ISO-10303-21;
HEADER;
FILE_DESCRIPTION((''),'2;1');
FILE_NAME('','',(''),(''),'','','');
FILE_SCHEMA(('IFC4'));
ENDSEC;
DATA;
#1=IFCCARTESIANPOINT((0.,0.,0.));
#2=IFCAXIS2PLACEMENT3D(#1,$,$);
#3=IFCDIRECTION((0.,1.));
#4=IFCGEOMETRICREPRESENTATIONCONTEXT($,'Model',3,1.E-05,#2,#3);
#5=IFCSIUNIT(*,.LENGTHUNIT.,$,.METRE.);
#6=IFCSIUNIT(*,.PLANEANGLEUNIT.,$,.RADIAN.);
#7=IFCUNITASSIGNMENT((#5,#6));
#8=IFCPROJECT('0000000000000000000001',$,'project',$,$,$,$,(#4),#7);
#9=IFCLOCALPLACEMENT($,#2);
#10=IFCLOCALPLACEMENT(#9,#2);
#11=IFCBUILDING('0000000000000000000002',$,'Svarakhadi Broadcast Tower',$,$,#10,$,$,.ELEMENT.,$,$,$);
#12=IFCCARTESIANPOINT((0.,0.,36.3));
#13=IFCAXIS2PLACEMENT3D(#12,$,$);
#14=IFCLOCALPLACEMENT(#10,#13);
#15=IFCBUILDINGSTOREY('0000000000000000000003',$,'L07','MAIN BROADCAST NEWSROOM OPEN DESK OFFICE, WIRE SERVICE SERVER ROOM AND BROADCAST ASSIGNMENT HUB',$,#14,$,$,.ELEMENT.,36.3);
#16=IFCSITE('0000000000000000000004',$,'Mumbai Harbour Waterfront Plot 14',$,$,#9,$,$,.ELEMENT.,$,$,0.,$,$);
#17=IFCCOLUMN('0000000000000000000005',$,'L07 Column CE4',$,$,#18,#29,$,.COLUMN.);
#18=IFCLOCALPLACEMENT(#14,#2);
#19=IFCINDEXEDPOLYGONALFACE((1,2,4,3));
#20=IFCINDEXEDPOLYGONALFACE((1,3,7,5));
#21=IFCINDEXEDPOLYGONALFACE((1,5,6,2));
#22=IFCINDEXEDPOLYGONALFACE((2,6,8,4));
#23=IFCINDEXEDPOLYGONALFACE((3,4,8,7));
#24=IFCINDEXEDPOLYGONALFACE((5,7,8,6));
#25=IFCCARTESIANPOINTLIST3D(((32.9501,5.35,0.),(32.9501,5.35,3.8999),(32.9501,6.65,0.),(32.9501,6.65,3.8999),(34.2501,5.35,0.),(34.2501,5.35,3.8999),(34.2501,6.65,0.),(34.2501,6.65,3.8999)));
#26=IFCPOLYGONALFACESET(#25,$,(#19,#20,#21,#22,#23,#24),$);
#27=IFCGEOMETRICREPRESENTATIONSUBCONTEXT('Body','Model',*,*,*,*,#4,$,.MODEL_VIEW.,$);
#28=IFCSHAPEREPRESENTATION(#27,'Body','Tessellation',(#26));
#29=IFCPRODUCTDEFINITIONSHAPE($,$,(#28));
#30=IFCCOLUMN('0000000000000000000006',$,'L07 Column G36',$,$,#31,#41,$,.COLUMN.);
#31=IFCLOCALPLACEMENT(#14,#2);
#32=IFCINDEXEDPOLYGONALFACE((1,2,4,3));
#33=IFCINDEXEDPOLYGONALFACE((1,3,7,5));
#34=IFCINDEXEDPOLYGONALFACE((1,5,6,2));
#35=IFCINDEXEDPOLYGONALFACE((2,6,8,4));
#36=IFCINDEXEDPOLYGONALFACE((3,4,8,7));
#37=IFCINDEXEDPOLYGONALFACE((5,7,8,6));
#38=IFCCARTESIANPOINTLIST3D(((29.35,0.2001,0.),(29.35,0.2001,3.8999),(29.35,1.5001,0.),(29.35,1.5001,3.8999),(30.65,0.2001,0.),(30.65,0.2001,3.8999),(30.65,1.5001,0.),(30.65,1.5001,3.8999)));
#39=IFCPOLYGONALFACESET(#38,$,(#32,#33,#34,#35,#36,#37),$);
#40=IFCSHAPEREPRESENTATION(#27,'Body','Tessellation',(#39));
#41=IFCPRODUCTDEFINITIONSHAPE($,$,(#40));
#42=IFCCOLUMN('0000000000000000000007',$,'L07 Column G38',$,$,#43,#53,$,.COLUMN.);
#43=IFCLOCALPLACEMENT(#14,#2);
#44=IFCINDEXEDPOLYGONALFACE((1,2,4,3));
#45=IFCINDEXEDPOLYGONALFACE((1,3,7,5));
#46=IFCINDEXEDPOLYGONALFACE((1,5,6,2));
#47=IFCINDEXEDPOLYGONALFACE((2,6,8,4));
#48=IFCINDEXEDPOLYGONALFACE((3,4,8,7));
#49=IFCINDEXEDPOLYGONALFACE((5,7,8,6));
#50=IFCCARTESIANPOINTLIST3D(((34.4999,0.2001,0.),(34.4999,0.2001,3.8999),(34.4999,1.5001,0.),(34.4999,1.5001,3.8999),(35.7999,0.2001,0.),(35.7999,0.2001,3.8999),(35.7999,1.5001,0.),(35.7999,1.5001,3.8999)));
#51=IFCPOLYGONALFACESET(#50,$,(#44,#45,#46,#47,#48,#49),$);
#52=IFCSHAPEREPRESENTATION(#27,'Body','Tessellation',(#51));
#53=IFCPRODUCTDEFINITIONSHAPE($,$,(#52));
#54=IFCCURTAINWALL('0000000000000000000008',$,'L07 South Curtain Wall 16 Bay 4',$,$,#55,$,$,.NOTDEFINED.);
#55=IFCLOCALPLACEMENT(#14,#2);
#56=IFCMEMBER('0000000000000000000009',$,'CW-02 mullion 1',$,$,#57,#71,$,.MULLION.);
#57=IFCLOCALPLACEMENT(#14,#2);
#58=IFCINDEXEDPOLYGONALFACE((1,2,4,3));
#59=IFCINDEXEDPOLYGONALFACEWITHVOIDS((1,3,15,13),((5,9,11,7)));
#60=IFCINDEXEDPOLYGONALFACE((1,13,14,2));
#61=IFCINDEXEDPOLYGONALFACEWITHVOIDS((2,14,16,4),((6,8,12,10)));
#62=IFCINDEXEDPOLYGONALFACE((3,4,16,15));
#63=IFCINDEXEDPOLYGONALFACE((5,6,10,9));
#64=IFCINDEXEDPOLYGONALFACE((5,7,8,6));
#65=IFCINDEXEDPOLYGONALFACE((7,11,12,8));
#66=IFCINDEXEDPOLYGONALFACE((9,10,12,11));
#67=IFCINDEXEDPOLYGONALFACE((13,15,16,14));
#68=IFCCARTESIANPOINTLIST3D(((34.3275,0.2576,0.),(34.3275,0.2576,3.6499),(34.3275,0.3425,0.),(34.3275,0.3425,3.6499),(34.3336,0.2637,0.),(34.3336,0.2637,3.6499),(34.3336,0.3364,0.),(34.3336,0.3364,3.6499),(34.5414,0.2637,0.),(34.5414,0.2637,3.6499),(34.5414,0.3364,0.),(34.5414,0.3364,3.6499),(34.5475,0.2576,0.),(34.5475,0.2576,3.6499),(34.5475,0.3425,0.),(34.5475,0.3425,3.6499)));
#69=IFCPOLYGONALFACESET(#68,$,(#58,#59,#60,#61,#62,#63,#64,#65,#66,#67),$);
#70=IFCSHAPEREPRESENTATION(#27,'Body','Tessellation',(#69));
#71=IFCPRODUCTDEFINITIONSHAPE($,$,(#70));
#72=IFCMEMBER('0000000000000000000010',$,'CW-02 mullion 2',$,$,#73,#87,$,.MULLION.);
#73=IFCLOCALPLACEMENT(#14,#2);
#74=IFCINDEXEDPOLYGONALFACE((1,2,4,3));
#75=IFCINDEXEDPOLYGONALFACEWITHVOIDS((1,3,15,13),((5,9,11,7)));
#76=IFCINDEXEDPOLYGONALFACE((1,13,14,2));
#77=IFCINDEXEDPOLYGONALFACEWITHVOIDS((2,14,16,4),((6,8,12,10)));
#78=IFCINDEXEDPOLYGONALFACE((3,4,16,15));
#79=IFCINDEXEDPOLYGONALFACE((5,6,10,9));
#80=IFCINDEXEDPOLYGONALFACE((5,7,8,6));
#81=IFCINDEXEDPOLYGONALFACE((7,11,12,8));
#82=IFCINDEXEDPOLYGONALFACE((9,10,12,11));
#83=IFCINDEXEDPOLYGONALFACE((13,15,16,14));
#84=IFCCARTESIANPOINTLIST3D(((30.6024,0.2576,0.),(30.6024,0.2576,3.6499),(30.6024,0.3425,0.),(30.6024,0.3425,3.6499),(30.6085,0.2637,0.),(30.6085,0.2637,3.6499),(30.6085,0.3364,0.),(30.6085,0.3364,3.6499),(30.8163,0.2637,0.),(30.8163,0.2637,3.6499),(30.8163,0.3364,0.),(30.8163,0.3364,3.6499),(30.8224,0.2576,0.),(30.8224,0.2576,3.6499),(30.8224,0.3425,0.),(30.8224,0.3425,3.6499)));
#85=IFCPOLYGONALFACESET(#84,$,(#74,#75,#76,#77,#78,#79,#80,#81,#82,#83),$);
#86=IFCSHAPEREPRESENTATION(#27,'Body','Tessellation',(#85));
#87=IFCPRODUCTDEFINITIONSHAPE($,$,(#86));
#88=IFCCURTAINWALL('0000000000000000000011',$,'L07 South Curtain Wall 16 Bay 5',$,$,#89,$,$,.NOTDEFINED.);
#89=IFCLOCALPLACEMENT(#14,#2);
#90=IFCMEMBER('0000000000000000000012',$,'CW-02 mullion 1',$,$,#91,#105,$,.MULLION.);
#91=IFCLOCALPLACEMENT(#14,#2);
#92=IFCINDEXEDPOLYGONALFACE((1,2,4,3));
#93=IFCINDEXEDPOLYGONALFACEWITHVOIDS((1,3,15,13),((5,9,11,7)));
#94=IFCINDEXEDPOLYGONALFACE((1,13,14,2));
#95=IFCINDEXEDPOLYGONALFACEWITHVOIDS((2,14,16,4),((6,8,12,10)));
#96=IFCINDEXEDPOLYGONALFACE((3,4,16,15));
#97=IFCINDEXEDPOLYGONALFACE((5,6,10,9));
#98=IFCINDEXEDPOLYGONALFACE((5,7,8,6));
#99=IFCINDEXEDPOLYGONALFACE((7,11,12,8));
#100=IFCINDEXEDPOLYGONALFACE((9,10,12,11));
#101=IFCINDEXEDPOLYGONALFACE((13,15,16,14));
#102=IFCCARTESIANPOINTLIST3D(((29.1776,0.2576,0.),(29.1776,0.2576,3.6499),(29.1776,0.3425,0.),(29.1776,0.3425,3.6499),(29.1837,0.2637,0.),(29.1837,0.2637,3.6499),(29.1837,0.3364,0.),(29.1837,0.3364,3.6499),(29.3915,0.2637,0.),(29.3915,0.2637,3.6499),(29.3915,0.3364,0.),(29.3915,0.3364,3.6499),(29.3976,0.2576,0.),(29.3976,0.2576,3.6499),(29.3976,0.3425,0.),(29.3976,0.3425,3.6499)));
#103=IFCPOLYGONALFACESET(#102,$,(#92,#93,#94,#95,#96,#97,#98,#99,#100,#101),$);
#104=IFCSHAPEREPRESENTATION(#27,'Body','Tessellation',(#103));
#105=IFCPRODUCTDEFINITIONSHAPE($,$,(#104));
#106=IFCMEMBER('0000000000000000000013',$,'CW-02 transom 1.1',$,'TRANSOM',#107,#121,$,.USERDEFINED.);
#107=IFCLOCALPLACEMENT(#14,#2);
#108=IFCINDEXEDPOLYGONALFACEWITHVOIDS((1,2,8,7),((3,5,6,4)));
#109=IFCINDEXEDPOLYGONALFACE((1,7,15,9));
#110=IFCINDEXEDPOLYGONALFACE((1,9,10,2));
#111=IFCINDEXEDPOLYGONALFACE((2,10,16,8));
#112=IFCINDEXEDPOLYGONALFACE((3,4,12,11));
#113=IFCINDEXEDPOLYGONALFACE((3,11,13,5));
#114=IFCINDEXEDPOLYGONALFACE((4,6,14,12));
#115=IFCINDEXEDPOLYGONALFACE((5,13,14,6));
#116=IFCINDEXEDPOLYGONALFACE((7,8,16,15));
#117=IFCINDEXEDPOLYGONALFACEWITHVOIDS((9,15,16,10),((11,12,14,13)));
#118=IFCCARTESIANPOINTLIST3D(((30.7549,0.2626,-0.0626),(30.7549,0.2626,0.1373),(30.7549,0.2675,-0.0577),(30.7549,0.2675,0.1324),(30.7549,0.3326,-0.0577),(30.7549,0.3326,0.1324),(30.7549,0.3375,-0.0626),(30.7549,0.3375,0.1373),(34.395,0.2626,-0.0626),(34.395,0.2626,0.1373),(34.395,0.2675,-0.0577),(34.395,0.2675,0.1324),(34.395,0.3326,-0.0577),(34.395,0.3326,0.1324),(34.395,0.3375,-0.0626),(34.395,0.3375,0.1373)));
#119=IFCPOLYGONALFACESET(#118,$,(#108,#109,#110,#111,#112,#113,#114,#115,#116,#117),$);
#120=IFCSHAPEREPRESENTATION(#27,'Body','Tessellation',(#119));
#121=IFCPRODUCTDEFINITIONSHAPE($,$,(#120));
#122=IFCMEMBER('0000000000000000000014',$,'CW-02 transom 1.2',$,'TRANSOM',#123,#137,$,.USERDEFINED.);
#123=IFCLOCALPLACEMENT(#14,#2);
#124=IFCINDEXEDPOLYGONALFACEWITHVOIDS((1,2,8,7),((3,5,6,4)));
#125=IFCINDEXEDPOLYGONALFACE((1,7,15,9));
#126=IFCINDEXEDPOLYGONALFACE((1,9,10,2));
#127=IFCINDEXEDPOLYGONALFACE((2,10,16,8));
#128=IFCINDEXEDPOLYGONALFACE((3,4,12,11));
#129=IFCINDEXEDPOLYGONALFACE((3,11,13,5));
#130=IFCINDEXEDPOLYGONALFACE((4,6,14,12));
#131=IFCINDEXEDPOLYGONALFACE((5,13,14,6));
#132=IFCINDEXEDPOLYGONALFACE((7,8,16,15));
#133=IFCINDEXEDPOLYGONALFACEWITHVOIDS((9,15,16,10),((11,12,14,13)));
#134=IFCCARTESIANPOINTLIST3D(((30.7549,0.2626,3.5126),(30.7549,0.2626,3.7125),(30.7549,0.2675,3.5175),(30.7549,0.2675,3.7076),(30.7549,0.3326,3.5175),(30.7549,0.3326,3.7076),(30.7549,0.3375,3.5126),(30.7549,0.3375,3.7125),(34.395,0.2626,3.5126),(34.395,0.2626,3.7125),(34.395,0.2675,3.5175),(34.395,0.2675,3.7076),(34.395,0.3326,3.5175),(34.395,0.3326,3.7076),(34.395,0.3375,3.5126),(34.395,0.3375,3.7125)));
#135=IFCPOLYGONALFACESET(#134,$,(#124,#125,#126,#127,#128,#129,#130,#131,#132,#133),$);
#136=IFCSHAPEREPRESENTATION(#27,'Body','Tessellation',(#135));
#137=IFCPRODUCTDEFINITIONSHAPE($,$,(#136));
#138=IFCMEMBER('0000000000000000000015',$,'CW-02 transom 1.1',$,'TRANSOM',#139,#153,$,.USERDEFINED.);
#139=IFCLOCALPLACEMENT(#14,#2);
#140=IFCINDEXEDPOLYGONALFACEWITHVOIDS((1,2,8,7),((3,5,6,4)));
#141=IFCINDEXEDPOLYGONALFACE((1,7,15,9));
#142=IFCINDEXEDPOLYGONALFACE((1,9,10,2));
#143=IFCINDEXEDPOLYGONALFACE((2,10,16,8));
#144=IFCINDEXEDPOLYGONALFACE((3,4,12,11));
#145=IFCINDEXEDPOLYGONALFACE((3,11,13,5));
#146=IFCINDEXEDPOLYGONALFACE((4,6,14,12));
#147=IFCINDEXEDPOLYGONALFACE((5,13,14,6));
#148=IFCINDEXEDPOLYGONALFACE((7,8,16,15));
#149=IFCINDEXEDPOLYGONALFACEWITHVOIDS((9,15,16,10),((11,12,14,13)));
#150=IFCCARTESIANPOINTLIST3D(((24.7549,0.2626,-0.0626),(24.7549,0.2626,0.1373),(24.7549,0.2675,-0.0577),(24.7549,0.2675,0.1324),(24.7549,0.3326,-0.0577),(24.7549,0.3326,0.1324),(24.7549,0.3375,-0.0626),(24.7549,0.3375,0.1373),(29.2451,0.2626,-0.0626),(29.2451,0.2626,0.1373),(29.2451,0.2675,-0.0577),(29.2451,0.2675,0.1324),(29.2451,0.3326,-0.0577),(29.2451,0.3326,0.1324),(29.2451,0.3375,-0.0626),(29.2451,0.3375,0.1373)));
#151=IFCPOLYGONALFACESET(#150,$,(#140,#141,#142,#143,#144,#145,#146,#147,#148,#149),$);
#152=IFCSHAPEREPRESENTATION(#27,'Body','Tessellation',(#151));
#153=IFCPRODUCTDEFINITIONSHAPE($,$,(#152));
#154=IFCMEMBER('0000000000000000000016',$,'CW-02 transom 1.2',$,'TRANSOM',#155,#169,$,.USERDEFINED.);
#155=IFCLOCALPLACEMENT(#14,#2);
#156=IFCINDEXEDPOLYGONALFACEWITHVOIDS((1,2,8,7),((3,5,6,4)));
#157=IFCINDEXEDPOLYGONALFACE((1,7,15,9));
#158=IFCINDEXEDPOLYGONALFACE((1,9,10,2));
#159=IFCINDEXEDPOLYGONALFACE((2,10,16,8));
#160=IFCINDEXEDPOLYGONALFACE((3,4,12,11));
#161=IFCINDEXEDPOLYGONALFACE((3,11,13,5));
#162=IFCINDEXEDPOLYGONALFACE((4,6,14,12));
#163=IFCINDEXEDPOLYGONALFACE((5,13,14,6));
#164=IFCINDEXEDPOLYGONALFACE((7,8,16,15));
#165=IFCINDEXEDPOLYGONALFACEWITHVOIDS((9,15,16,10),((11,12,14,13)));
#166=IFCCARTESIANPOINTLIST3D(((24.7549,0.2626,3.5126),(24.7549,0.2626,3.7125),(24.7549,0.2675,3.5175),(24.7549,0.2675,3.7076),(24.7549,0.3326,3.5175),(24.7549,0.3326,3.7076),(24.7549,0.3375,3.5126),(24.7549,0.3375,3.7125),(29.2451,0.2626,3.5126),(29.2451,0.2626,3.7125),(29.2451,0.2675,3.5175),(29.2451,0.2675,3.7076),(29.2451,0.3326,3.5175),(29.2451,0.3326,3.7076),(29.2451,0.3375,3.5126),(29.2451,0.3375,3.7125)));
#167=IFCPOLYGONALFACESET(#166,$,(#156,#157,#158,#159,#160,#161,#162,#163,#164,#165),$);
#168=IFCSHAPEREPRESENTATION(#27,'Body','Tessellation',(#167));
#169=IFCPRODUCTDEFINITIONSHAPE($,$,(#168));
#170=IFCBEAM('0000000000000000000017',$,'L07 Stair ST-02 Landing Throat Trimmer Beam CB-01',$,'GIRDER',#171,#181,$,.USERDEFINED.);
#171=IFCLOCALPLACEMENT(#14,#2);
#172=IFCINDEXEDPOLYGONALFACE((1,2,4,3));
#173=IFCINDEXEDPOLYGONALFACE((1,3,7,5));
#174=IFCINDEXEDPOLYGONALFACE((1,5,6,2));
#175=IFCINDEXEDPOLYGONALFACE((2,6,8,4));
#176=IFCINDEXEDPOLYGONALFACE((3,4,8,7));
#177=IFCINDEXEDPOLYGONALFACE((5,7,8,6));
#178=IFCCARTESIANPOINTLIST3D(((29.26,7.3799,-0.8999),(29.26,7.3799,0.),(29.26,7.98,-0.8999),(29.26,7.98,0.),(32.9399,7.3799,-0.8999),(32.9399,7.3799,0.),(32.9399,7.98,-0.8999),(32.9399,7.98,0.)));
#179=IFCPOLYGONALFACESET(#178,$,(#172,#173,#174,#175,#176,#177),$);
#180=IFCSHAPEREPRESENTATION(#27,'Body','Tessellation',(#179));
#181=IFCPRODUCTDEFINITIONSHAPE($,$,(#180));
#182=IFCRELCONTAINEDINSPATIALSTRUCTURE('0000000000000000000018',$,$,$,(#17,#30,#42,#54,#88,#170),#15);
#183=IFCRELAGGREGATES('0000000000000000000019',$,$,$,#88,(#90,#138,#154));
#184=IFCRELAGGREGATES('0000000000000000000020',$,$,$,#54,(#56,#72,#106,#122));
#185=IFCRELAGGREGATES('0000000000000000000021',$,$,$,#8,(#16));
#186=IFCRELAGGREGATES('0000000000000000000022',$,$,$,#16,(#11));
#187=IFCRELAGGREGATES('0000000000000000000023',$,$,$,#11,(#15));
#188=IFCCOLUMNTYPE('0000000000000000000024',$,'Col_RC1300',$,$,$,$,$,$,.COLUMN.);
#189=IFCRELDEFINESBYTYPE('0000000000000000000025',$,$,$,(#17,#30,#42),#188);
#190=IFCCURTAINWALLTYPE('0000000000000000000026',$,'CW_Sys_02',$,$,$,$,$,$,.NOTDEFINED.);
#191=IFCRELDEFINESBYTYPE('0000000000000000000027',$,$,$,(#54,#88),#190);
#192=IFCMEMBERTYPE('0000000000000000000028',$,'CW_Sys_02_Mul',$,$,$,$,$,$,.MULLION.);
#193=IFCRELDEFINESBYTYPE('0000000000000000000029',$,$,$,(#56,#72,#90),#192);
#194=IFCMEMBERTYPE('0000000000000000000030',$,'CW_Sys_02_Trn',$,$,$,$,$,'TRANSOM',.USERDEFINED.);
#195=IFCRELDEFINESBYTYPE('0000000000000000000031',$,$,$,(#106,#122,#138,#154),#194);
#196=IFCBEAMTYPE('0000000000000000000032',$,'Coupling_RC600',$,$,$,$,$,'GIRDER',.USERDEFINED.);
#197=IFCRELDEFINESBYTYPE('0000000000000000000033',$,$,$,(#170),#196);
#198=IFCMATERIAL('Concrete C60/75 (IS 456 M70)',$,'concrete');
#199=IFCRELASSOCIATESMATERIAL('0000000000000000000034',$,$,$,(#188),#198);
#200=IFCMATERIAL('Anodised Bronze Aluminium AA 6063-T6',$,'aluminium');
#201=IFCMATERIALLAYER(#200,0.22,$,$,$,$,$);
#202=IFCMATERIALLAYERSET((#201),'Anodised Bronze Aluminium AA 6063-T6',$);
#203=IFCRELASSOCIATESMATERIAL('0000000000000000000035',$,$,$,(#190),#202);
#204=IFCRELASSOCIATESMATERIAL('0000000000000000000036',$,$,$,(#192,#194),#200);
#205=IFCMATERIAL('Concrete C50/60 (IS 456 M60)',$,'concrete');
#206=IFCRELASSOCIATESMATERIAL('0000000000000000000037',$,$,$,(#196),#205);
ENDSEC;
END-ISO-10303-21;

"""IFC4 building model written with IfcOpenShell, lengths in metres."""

from ifc_helpers import new_model, si_unit, direction, frame, origin, origin_2d, place, context, subcontext, project, spatial, rectangle, hollow_rectangle, extrude, material, layer, layer_set, material_profile, profile_set, type_object, element, aggregate, save


model = new_model("IFC4")

# Units and contexts
model_context = context("Model", 3, precision=1e-05, world=origin(), true_north=direction((0.0, 1.0)))
body_context = subcontext(model_context, "Body", "Model", "MODEL_VIEW")
ifc_project = project(units=[si_unit("LENGTHUNIT", "METRE"), si_unit("PLANEANGLEUNIT", "RADIAN")], contexts=[model_context])

# Site, building, storey
site_placement = place(None, origin())
site = spatial("IfcSite", under=ifc_project, at=site_placement, Name="Mumbai Harbour Waterfront Plot 14", CompositionType="ELEMENT", RefElevation=0.0)
building_placement = place(site_placement, origin())
building = spatial("IfcBuilding", under=site, at=building_placement, Name="Svarakhadi Broadcast Tower", CompositionType="ELEMENT")
storey_placement = place(building_placement, frame((0.0, 0.0, 36.3)))
storey = spatial("IfcBuildingStorey", under=building, at=storey_placement, Name="L07", Description="MAIN BROADCAST NEWSROOM OPEN DESK OFFICE, WIRE SERVICE SERVER ROOM AND BROADCAST ASSIGNMENT HUB", CompositionType="ELEMENT", Elevation=36.3)

# Columns
ifc_material_1 = material(Name="Concrete C60/75 (IS 456 M70)", Category="concrete")
ifc_material_profile_1 = material_profile(ifc_material_1, rectangle(XDim=1.3, YDim=1.3, at=origin_2d()), Name="RC 1300x1300")
ifc_profile_set_1 = profile_set([ifc_material_profile_1], Name="Concrete C60/75 (IS 456 M70)")
column_type = type_object("IfcColumnType", Name="Col_RC1300", PredefinedType="COLUMN", material=ifc_profile_set_1)
for number, where, z_axis, x_axis, name in (
    (1, (33.6001, 6.0, 0.0), (0.0, 0.0, 1.0), (1.0, 0.0, 0.0), "L07 Column CE4"),
    (2, (30.0, 0.8501, 0.0), (0.0, 0.0, 1.0), (1.0, 0.0, 0.0), "L07 Column G36"),
    (3, (35.1499, 0.8501, 0.0), (0.0, 0.0, 1.0), (1.0, 0.0, 0.0), "L07 Column G38"),
):
    element("IfcColumn", number, at=place(storey_placement, frame(where, z_axis=z_axis, x_axis=x_axis)), inside=storey, type_object=column_type, Name=name, PredefinedType="COLUMN", context=body_context, shape_type="SweptSolid", body=[
        extrude(rectangle(XDim=1.3, YDim=1.3, at=origin_2d()), origin(), (0.0, 0.0, 1.0), 3.8999),
    ])

# Curtain wall, members
ifc_material_2 = material(Name="Anodised Bronze Aluminium AA 6063-T6", Category="aluminium")
ifc_layer_1 = layer(ifc_material_2, 0.22)
ifc_layer_set_1 = layer_set([ifc_layer_1], Name="Anodised Bronze Aluminium AA 6063-T6")
curtain_wall_type = type_object("IfcCurtainWallType", Name="CW_Sys_02", PredefinedType="NOTDEFINED", material=ifc_layer_set_1)
curtain_wall_1_placement = place(storey_placement, origin())
curtain_wall_1 = element("IfcCurtainWall", 4, at=curtain_wall_1_placement, inside=storey, type_object=curtain_wall_type, Name="L07 South Curtain Wall 16 Bay 4", PredefinedType="NOTDEFINED")
ifc_material_profile_2 = material_profile(ifc_material_2, hollow_rectangle(XDim=0.085, YDim=0.22, WallThickness=0.0061, at=origin_2d()), Name="ALU MULLION 220x85x6")
ifc_profile_set_2 = profile_set([ifc_material_profile_2], Name="Anodised Bronze Aluminium AA 6063-T6")
member_type_1 = type_object("IfcMemberType", Name="CW_Sys_02_Mul", PredefinedType="MULLION", material=ifc_profile_set_2)
member_1_placement = place(storey_placement, frame((34.4375, 0.3, 0.0), z_axis=(0.0, 0.0, 1.0), x_axis=(0.0, -1.0, 0.0)))
member_1 = element("IfcMember", 5, at=member_1_placement, type_object=member_type_1, Name="CW-02 mullion 1", PredefinedType="MULLION", context=body_context, shape_type="SweptSolid", body=[
    extrude(hollow_rectangle(XDim=0.085, YDim=0.22, WallThickness=0.0061, at=origin_2d()), origin(), (0.0, 0.0, 1.0), 3.6499),
])
member_2_placement = place(storey_placement, frame((30.7124, 0.3, 0.0), z_axis=(0.0, 0.0, 1.0), x_axis=(0.0, -1.0, 0.0)))
member_2 = element("IfcMember", 6, at=member_2_placement, type_object=member_type_1, Name="CW-02 mullion 2", PredefinedType="MULLION", context=body_context, shape_type="SweptSolid", body=[
    extrude(hollow_rectangle(XDim=0.085, YDim=0.22, WallThickness=0.0061, at=origin_2d()), origin(), (0.0, 0.0, 1.0), 3.6499),
])

# Curtain wall, member
curtain_wall_2_placement = place(storey_placement, origin())
curtain_wall_2 = element("IfcCurtainWall", 7, at=curtain_wall_2_placement, inside=storey, type_object=curtain_wall_type, Name="L07 South Curtain Wall 16 Bay 5", PredefinedType="NOTDEFINED")
member_3_placement = place(storey_placement, frame((29.2876, 0.3, 0.0), z_axis=(0.0, 0.0, 1.0), x_axis=(0.0, -1.0, 0.0)))
member_3 = element("IfcMember", 8, at=member_3_placement, type_object=member_type_1, Name="CW-02 mullion 1", PredefinedType="MULLION", context=body_context, shape_type="SweptSolid", body=[
    extrude(hollow_rectangle(XDim=0.085, YDim=0.22, WallThickness=0.0061, at=origin_2d()), origin(), (0.0, 0.0, 1.0), 3.6499),
])

# Members
ifc_material_profile_3 = material_profile(ifc_material_2, hollow_rectangle(XDim=0.075, YDim=0.2, WallThickness=0.0049, at=origin_2d()), Name="ALU TRANSOM 200x75x5")
ifc_profile_set_3 = profile_set([ifc_material_profile_3], Name="Anodised Bronze Aluminium AA 6063-T6")
member_type_2 = type_object("IfcMemberType", Name="CW_Sys_02_Trn", ElementType="TRANSOM", PredefinedType="USERDEFINED", material=ifc_profile_set_3)
member_4_placement = place(storey_placement, frame((34.395, 0.3, 0.0374), z_axis=(-1.0, 0.0, 0.0), x_axis=(0.0, -1.0, 0.0)))
member_4 = element("IfcMember", 9, at=member_4_placement, type_object=member_type_2, Name="CW-02 transom 1.1", ObjectType="TRANSOM", PredefinedType="USERDEFINED", context=body_context, shape_type="SweptSolid", body=[
    extrude(hollow_rectangle(XDim=0.075, YDim=0.2, WallThickness=0.0049, at=origin_2d()), origin(), (0.0, 0.0, 1.0), 3.6401),
])
member_5_placement = place(storey_placement, frame((34.395, 0.3, 3.6125), z_axis=(-1.0, 0.0, 0.0), x_axis=(0.0, -1.0, 0.0)))
member_5 = element("IfcMember", 10, at=member_5_placement, type_object=member_type_2, Name="CW-02 transom 1.2", ObjectType="TRANSOM", PredefinedType="USERDEFINED", context=body_context, shape_type="SweptSolid", body=[
    extrude(hollow_rectangle(XDim=0.075, YDim=0.2, WallThickness=0.0049, at=origin_2d()), origin(), (0.0, 0.0, 1.0), 3.6401),
])
member_6_placement = place(storey_placement, frame((29.2451, 0.3, 0.0374), z_axis=(-1.0, 0.0, 0.0), x_axis=(0.0, -1.0, 0.0)))
member_6 = element("IfcMember", 11, at=member_6_placement, type_object=member_type_2, Name="CW-02 transom 1.1", ObjectType="TRANSOM", PredefinedType="USERDEFINED", context=body_context, shape_type="SweptSolid", body=[
    extrude(hollow_rectangle(XDim=0.075, YDim=0.2, WallThickness=0.0049, at=origin_2d()), origin(), (0.0, 0.0, 1.0), 4.4902),
])
member_7_placement = place(storey_placement, frame((29.2451, 0.3, 3.6125), z_axis=(-1.0, 0.0, 0.0), x_axis=(0.0, -1.0, 0.0)))
member_7 = element("IfcMember", 12, at=member_7_placement, type_object=member_type_2, Name="CW-02 transom 1.2", ObjectType="TRANSOM", PredefinedType="USERDEFINED", context=body_context, shape_type="SweptSolid", body=[
    extrude(hollow_rectangle(XDim=0.075, YDim=0.2, WallThickness=0.0049, at=origin_2d()), origin(), (0.0, 0.0, 1.0), 4.4902),
])
aggregate(curtain_wall_2, [member_3, member_6, member_7])

# Beam
ifc_material_3 = material(Name="Concrete C50/60 (IS 456 M60)", Category="concrete")
ifc_material_profile_4 = material_profile(ifc_material_3, rectangle(XDim=0.6001, YDim=0.8999, at=origin_2d()), Name="RC 600x900")
ifc_profile_set_4 = profile_set([ifc_material_profile_4], Name="Concrete C50/60 (IS 456 M60)")
beam_type_1 = type_object("IfcBeamType", Name="Coupling_RC600", ElementType="GIRDER", PredefinedType="USERDEFINED", material=ifc_profile_set_4)
beam_1_placement = place(storey_placement, frame((29.26, 7.6799, -0.45), z_axis=(1.0, 0.0, 0.0), x_axis=(0.0, 1.0, 0.0)))
element("IfcBeam", 13, at=beam_1_placement, inside=storey, type_object=beam_type_1, Name="L07 Stair ST-02 Landing Throat Trimmer Beam CB-01", ObjectType="GIRDER", PredefinedType="USERDEFINED", context=body_context, shape_type="SweptSolid", body=[
    extrude(rectangle(XDim=0.6001, YDim=0.8999, at=origin_2d()), origin(), (0.0, 0.0, 1.0), 3.6799),
])

aggregate(curtain_wall_1, [member_1, member_2, member_4, member_5])

save(model, "model.ifc")
